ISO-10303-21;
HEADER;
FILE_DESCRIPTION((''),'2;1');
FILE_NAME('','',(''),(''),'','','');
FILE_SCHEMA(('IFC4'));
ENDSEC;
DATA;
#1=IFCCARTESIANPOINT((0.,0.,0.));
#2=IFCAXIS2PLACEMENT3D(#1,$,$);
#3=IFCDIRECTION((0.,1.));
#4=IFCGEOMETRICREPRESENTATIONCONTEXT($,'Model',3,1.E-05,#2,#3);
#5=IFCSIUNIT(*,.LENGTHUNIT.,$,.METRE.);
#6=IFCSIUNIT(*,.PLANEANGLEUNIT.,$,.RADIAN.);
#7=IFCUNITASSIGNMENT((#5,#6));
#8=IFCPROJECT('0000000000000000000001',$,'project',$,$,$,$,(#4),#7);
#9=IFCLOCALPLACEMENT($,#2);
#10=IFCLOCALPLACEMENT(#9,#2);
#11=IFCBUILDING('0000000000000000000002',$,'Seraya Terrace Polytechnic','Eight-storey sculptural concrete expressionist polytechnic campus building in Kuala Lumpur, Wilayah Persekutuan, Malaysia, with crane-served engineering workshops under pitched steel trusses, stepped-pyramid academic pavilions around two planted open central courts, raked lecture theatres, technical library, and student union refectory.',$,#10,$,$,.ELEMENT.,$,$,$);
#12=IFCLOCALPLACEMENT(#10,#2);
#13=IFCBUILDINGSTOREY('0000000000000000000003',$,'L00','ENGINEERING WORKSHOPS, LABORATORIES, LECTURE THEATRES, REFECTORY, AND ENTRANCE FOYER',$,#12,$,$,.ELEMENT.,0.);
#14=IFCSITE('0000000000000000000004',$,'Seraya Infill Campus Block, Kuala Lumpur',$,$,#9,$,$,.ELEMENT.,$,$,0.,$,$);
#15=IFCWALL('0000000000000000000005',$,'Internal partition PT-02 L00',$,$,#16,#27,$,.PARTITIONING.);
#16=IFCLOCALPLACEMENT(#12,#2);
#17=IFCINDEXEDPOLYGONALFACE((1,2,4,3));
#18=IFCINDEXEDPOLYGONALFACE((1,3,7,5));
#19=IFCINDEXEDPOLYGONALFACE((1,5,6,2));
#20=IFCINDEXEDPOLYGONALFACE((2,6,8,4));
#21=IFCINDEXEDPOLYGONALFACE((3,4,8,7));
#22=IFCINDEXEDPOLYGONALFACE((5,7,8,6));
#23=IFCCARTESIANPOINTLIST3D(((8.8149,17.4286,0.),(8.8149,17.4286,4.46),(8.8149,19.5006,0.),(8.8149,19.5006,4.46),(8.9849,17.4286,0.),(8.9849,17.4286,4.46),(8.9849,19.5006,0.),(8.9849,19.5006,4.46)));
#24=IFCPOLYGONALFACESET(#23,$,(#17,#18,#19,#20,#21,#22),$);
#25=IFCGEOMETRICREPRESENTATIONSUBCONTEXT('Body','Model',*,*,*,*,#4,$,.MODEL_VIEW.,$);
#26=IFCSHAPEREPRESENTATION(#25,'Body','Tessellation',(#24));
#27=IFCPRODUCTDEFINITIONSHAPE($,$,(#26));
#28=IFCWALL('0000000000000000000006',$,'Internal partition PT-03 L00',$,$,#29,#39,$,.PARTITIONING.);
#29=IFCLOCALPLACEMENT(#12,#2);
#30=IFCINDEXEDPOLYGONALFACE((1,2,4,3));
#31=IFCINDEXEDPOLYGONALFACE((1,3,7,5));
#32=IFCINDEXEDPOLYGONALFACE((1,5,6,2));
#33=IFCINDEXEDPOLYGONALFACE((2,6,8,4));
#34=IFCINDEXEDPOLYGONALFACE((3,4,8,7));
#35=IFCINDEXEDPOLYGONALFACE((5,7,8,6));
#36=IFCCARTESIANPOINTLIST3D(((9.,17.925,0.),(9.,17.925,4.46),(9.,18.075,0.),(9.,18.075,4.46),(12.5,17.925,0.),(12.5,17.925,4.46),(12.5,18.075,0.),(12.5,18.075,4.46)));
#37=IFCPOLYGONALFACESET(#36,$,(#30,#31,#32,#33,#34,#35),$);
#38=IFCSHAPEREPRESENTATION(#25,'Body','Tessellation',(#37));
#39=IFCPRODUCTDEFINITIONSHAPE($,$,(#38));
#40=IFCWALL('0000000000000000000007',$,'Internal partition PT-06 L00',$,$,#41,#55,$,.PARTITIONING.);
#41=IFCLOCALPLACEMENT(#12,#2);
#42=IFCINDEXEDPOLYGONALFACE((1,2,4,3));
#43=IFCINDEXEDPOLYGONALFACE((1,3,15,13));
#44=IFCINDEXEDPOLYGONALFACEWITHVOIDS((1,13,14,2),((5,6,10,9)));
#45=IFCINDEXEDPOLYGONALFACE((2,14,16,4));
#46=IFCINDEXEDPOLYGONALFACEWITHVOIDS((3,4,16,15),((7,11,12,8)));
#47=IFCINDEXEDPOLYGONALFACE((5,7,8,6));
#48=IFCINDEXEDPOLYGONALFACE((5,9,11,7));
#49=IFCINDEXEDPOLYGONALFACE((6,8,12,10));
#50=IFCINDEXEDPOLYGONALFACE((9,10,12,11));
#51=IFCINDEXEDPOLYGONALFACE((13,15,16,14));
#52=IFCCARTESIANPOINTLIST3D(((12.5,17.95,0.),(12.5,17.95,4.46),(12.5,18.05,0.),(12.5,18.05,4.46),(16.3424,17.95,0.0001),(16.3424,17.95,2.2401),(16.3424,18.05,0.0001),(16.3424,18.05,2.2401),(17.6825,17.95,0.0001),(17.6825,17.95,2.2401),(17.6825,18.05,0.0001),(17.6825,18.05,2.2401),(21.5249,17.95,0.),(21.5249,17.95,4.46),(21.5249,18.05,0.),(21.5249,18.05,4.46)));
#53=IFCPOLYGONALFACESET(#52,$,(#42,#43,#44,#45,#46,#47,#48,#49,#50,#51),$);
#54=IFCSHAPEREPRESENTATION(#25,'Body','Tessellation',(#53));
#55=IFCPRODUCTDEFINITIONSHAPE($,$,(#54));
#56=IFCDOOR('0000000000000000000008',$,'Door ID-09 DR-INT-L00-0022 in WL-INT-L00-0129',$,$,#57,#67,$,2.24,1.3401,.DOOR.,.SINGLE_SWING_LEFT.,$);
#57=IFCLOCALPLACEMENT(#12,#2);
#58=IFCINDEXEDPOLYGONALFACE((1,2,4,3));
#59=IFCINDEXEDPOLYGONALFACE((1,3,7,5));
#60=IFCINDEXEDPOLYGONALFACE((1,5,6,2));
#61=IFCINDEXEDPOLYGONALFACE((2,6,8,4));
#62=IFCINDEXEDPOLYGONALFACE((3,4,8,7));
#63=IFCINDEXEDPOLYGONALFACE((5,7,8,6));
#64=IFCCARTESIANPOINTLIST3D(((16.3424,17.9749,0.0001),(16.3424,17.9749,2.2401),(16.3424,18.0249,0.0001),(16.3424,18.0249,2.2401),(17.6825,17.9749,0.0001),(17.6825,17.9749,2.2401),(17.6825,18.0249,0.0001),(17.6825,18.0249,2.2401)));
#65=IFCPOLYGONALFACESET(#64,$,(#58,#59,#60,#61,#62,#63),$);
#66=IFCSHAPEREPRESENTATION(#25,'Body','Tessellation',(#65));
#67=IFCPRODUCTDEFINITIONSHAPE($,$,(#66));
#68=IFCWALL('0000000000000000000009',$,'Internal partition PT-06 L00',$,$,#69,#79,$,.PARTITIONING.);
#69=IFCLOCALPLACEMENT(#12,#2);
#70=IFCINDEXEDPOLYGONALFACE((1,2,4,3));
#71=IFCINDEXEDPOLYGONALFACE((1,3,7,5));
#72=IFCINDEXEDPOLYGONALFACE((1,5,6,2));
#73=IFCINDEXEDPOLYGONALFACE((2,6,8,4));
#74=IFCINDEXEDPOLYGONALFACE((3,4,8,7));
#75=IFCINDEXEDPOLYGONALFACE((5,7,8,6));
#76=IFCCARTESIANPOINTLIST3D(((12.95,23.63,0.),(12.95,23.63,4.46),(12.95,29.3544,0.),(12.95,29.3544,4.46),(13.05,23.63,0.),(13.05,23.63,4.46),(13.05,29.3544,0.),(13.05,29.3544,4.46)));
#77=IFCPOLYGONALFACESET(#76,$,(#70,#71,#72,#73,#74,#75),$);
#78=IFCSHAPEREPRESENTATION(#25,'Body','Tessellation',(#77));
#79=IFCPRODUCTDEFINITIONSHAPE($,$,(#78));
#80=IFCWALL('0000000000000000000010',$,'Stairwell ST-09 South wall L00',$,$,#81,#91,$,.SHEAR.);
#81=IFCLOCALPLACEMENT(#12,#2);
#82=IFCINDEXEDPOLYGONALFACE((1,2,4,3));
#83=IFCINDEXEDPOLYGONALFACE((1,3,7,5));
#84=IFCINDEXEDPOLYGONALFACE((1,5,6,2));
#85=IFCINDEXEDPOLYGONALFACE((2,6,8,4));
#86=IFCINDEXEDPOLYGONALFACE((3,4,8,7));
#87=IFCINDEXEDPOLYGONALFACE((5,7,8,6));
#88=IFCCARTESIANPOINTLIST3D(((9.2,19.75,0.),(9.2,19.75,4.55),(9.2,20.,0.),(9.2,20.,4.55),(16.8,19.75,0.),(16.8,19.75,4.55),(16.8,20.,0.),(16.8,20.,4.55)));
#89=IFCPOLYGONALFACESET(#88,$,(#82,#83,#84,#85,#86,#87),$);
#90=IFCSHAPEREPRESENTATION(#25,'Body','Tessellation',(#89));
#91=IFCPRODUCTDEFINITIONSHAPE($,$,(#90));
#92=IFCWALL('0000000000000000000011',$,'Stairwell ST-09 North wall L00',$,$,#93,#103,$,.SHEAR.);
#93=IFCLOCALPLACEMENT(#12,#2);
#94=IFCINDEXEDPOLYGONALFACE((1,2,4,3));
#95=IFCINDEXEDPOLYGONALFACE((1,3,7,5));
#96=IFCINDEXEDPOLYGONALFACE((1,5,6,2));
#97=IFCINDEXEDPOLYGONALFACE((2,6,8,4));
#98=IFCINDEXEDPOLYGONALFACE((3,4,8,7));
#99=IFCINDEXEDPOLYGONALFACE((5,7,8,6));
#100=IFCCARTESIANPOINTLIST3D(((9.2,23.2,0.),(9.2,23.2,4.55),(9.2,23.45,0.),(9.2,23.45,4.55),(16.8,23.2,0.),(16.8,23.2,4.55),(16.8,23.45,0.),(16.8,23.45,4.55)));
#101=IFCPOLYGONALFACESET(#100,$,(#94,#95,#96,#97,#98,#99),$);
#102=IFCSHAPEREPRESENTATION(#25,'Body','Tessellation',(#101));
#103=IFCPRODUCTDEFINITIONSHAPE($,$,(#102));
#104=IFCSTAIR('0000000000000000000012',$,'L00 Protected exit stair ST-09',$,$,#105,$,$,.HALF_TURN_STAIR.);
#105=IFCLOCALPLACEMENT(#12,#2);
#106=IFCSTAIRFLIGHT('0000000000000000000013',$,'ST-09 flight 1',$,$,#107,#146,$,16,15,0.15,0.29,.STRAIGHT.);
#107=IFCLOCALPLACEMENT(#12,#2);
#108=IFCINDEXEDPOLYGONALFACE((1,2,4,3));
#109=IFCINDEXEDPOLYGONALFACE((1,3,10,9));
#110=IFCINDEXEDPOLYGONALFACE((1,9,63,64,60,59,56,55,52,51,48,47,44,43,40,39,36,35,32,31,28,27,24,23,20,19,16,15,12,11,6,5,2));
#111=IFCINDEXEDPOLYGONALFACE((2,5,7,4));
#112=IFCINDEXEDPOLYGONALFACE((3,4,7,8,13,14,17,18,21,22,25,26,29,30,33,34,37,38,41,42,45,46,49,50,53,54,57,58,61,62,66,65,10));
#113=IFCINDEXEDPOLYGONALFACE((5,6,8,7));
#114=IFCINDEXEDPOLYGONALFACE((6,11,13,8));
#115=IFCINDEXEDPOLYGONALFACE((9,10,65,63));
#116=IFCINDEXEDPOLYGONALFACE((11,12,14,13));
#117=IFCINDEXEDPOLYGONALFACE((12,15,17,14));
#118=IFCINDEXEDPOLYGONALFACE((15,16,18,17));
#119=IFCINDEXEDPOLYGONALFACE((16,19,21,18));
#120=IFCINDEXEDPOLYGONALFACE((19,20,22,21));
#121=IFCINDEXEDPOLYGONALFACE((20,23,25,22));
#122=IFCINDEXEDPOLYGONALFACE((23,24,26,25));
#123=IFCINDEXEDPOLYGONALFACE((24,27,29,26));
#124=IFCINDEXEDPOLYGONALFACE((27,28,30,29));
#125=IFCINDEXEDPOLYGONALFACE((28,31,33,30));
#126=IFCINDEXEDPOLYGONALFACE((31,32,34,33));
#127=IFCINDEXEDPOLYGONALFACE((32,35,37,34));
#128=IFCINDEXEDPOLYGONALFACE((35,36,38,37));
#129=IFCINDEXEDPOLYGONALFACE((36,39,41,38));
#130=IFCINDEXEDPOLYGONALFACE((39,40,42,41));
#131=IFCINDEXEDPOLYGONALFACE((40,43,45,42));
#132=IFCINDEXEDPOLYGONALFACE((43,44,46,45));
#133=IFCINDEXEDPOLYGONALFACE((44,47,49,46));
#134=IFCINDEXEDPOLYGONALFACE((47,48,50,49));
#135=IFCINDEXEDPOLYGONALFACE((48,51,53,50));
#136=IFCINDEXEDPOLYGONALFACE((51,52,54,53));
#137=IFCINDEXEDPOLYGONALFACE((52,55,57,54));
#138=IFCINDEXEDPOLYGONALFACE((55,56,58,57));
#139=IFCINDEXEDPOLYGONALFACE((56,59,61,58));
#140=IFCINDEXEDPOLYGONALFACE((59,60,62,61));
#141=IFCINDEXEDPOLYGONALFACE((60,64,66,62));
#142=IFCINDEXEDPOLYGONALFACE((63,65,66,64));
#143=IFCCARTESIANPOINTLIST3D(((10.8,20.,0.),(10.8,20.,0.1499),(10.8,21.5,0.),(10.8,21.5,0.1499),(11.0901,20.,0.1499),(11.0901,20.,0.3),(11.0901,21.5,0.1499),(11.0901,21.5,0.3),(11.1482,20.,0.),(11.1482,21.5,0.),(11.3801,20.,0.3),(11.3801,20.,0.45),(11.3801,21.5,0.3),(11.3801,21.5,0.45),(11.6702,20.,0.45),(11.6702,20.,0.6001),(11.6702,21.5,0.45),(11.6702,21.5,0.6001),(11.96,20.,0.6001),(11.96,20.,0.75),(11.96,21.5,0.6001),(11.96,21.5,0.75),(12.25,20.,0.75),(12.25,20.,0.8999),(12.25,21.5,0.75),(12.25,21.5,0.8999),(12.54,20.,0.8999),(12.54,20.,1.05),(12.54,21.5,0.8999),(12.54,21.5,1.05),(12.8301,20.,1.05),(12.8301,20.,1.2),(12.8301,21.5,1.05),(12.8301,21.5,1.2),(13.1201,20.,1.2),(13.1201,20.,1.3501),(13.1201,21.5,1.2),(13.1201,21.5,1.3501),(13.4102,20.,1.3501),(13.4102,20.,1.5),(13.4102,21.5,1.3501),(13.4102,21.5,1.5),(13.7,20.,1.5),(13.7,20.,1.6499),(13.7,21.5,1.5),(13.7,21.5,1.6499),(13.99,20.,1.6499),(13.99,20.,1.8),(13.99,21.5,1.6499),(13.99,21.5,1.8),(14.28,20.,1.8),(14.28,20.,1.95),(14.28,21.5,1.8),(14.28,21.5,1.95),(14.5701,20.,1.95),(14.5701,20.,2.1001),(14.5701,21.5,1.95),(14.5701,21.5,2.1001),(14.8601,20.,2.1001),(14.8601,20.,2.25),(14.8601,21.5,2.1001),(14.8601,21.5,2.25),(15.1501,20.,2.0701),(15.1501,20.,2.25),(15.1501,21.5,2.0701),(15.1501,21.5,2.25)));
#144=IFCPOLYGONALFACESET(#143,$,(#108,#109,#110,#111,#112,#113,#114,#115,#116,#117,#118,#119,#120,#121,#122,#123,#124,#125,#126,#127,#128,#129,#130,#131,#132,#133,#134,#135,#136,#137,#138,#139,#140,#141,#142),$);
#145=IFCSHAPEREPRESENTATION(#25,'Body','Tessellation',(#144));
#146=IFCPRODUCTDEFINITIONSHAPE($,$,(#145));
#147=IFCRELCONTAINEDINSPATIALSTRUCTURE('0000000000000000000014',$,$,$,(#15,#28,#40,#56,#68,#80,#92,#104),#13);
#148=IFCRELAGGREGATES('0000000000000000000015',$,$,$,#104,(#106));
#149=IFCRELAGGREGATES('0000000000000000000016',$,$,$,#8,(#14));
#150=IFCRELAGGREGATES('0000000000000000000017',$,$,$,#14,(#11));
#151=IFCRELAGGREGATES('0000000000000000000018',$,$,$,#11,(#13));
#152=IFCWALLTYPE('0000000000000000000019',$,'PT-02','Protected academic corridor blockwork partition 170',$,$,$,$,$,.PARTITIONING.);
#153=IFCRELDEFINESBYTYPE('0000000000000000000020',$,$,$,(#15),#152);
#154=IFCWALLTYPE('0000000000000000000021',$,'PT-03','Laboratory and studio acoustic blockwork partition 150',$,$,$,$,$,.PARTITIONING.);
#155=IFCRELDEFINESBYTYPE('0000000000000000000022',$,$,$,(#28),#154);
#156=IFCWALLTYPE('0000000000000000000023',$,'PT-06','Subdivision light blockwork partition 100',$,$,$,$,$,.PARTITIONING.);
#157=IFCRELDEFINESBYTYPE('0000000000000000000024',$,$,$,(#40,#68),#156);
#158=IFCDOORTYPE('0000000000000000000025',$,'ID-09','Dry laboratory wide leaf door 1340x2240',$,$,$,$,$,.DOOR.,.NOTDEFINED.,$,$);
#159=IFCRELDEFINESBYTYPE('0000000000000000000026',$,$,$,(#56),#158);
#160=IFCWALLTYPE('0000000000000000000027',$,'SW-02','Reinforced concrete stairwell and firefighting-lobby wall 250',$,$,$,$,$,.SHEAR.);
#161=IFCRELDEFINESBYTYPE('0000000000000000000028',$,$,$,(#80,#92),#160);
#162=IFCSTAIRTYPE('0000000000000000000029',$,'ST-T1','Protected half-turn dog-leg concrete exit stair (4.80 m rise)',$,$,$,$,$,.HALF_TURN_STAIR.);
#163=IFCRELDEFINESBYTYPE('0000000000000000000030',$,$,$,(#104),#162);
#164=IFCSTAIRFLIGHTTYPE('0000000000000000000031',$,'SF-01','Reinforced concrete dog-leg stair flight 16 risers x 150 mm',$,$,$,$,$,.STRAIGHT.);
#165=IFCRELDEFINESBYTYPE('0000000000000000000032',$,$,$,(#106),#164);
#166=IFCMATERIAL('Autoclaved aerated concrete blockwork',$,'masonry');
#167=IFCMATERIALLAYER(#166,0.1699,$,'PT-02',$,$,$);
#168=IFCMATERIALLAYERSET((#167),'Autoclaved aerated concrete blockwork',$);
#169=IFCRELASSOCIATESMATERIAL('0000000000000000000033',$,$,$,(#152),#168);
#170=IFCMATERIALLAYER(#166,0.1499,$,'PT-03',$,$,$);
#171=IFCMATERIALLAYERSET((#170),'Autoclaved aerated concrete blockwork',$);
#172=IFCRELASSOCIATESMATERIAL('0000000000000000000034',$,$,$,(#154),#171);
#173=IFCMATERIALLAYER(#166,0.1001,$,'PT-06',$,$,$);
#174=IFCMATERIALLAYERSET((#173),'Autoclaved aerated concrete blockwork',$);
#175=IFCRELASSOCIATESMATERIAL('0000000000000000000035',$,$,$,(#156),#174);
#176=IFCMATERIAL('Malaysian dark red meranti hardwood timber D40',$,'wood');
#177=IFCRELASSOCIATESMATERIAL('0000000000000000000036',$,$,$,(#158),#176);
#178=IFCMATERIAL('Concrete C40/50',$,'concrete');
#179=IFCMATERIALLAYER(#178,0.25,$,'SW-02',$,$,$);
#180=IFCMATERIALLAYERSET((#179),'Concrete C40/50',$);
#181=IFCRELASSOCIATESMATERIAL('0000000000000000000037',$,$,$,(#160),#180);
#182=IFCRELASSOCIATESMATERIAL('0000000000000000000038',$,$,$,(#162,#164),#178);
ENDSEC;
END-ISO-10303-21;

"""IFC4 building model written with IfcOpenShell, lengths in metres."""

from ifc_helpers import new_model, si_unit, direction, frame, frame_2d, origin, place, context, subcontext, project, spatial, polyline, rectangle, outline, extrude, material, layer, layer_set, type_object, element, fill, aggregate, save


model = new_model("IFC4")

# Units and contexts
model_context = context("Model", 3, precision=1e-05, world=origin(), true_north=direction((0.0, 1.0)))
body_context = subcontext(model_context, "Body", "Model", "MODEL_VIEW")
ifc_project = project(units=[si_unit("LENGTHUNIT", "METRE"), si_unit("PLANEANGLEUNIT", "RADIAN")], contexts=[model_context])

# Site, building, storey
site_placement = place(None, origin())
site = spatial("IfcSite", under=ifc_project, at=site_placement, Name="Seraya Infill Campus Block, Kuala Lumpur", CompositionType="ELEMENT", RefElevation=0.0)
building_placement = place(site_placement, origin())
building = spatial("IfcBuilding", under=site, at=building_placement, Name="Seraya Terrace Polytechnic", Description="Eight-storey sculptural concrete expressionist polytechnic campus building in Kuala Lumpur, Wilayah Persekutuan, Malaysia, with crane-served engineering workshops under pitched steel trusses, stepped-pyramid academic pavilions around two planted open central courts, raked lecture theatres, technical library, and student union refectory.", CompositionType="ELEMENT")
storey_placement = place(building_placement, origin())
storey = spatial("IfcBuildingStorey", under=building, at=storey_placement, Name="L00", Description="ENGINEERING WORKSHOPS, LABORATORIES, LECTURE THEATRES, REFECTORY, AND ENTRANCE FOYER", CompositionType="ELEMENT", Elevation=0.0)

# Shared definitions
ifc_material_1 = material(Name="Concrete C40/50", Category="concrete")

# Walls
ifc_material_2 = material(Name="Autoclaved aerated concrete blockwork", Category="masonry")
ifc_layer_1 = layer(ifc_material_2, 0.1699, Name="PT-02")
ifc_layer_set_1 = layer_set([ifc_layer_1], Name="Autoclaved aerated concrete blockwork")
wall_type_1 = type_object("IfcWallType", Name="PT-02", Description="Protected academic corridor blockwork partition 170", PredefinedType="PARTITIONING", material=ifc_layer_set_1)
wall_1_placement = place(storey_placement, frame((8.8999, 17.4285, 0.0), z_axis=(0.0, 0.0, 1.0), x_axis=(0.0, 1.0, 0.0)))
element("IfcWall", 1, at=wall_1_placement, inside=storey, type_object=wall_type_1, Name="Internal partition PT-02 L00", PredefinedType="PARTITIONING", context=body_context, shape_type="SweptSolid", body=[
    extrude(rectangle(XDim=2.072, YDim=0.1699, at=frame_2d((1.0361, 0.0))), origin(), (0.0, 0.0, 1.0), 4.46),
])
ifc_layer_2 = layer(ifc_material_2, 0.1499, Name="PT-03")
ifc_layer_set_2 = layer_set([ifc_layer_2], Name="Autoclaved aerated concrete blockwork")
wall_type_2 = type_object("IfcWallType", Name="PT-03", Description="Laboratory and studio acoustic blockwork partition 150", PredefinedType="PARTITIONING", material=ifc_layer_set_2)
wall_2_placement = place(storey_placement, frame((9.0, 18.0, 0.0), z_axis=(0.0, 0.0, 1.0), x_axis=(1.0, 0.0, 0.0)))
element("IfcWall", 2, at=wall_2_placement, inside=storey, type_object=wall_type_2, Name="Internal partition PT-03 L00", PredefinedType="PARTITIONING", context=body_context, shape_type="SweptSolid", body=[
    extrude(rectangle(XDim=3.5, YDim=0.1499, at=frame_2d((1.75, 0.0))), origin(), (0.0, 0.0, 1.0), 4.46),
])

# Wall, opening, door
ifc_layer_3 = layer(ifc_material_2, 0.1001, Name="PT-06")
ifc_layer_set_3 = layer_set([ifc_layer_3], Name="Autoclaved aerated concrete blockwork")
wall_type_3 = type_object("IfcWallType", Name="PT-06", Description="Subdivision light blockwork partition 100", PredefinedType="PARTITIONING", material=ifc_layer_set_3)
wall_3_placement = place(storey_placement, frame((12.5, 18.0, 0.0), z_axis=(0.0, 0.0, 1.0), x_axis=(1.0, 0.0, 0.0)))
wall_3 = element("IfcWall", 3, at=wall_3_placement, inside=storey, type_object=wall_type_3, Name="Internal partition PT-06 L00", PredefinedType="PARTITIONING", context=body_context, shape_type="SweptSolid", body=[
    extrude(rectangle(XDim=9.0249, YDim=0.1001, at=frame_2d((4.5125, 0.0))), origin(), (0.0, 0.0, 1.0), 4.46),
])
opening_1_placement = place(wall_3_placement, frame((3.8425, 0.0, 0.0)))
opening_1 = element("IfcOpeningElement", 4, at=opening_1_placement, cuts=wall_3, PredefinedType="OPENING", context=body_context, shape_type="SweptSolid", body=[
    extrude(rectangle(XDim=1.3401, YDim=2.24, at=frame_2d((0.6699, 1.1201))), frame((0.0, 0.062, 0.0), z_axis=(0.0, -1.0, 0.0), x_axis=(1.0, 0.0, 0.0)), (0.0, 0.0, 1.0), 0.124),
])
ifc_material_3 = material(Name="Malaysian dark red meranti hardwood timber D40", Category="wood")
door_type_1 = type_object("IfcDoorType", Name="ID-09", Description="Dry laboratory wide leaf door 1340x2240", OperationType="NOTDEFINED", PredefinedType="DOOR", material=ifc_material_3)
door_1_placement = place(opening_1_placement, origin())
door_1 = element("IfcDoor", 5, at=door_1_placement, inside=storey, type_object=door_type_1, Name="Door ID-09 DR-INT-L00-0022 in WL-INT-L00-0129", OperationType="SINGLE_SWING_LEFT", OverallHeight=2.24, OverallWidth=1.3401, PredefinedType="DOOR", context=body_context, shape_type="SweptSolid", body=[
    extrude(rectangle(XDim=1.3401, YDim=2.24, at=frame_2d((0.6699, 1.1201))), frame((0.0, 0.0249, 0.0), z_axis=(0.0, -1.0, 0.0), x_axis=(1.0, 0.0, 0.0)), (0.0, 0.0, 1.0), 0.05),
])
fill(opening_1, door_1)

# Wall
wall_4_placement = place(storey_placement, frame((13.0, 23.6299, 0.0), z_axis=(0.0, 0.0, 1.0), x_axis=(0.0, 1.0, 0.0)))
element("IfcWall", 6, at=wall_4_placement, inside=storey, type_object=wall_type_3, Name="Internal partition PT-06 L00", PredefinedType="PARTITIONING", context=body_context, shape_type="SweptSolid", body=[
    extrude(rectangle(XDim=5.7244, YDim=0.1001, at=frame_2d((2.8623, 0.0))), origin(), (0.0, 0.0, 1.0), 4.46),
])

# Shared definitions
ifc_layer_4 = layer(ifc_material_1, 0.25, Name="SW-02")
ifc_layer_set_4 = layer_set([ifc_layer_4], Name="Concrete C40/50")
wall_type_4 = type_object("IfcWallType", Name="SW-02", Description="Reinforced concrete stairwell and firefighting-lobby wall 250", PredefinedType="SHEAR", material=ifc_layer_set_4)

# Walls
for number, where, z_axis, x_axis, name in (
    (7, (9.2, 19.875, 0.0), (0.0, 0.0, 1.0), (1.0, 0.0, 0.0), "Stairwell ST-09 South wall L00"),
    (8, (9.2, 23.325, 0.0), (0.0, 0.0, 1.0), (1.0, 0.0, 0.0), "Stairwell ST-09 North wall L00"),
):
    element("IfcWall", number, at=place(storey_placement, frame(where, z_axis=z_axis, x_axis=x_axis)), inside=storey, type_object=wall_type_4, Name=name, PredefinedType="SHEAR", context=body_context, shape_type="SweptSolid", body=[
        extrude(rectangle(XDim=7.6001, YDim=0.25, at=frame_2d((3.8, 0.0))), origin(), (0.0, 0.0, 1.0), 4.55),
    ])

# Stair, stair flight
stair_type = type_object("IfcStairType", Name="ST-T1", Description="Protected half-turn dog-leg concrete exit stair (4.80 m rise)", PredefinedType="HALF_TURN_STAIR", material=ifc_material_1)
stair_placement = place(storey_placement, origin())
stair = element("IfcStair", 9, at=stair_placement, inside=storey, type_object=stair_type, Name="L00 Protected exit stair ST-09", PredefinedType="HALF_TURN_STAIR")
stair_flight_type = type_object("IfcStairFlightType", Name="SF-01", Description="Reinforced concrete dog-leg stair flight 16 risers x 150 mm", PredefinedType="STRAIGHT", material=ifc_material_1)
stair_flight_1_placement = place(storey_placement, frame((10.8, 20.75, 0.0), z_axis=(0.0, 0.0, 1.0), x_axis=(1.0, 0.0, 0.0)))
stair_flight_1 = element("IfcStairFlight", 10, at=stair_flight_1_placement, type_object=stair_flight_type, Name="ST-09 flight 1", NumberOfRisers=16, NumberOfTreads=15, PredefinedType="STRAIGHT", RiserHeight=0.15, TreadLength=0.29, context=body_context, shape_type="SweptSolid", body=[
    extrude(outline(polyline([(0.0, 0.0), (0.0, 0.1499), (0.29, 0.1499), (0.29, 0.3), (0.5801, 0.3), (0.5801, 0.45), (0.8701, 0.45), (0.8701, 0.6001), (1.1599, 0.6001), (1.1599, 0.75), (1.45, 0.75), (1.45, 0.8999), (1.74, 0.8999), (1.74, 1.05), (2.03, 1.05), (2.03, 1.2), (2.3201, 1.2), (2.3201, 1.3501), (2.6101, 1.3501), (2.6101, 1.5), (2.8999, 1.5), (2.8999, 1.6499), (3.1899, 1.6499), (3.1899, 1.8), (3.48, 1.8), (3.48, 1.95), (3.77, 1.95), (3.77, 2.1001), (4.0601, 2.1001), (4.0601, 2.25), (4.3501, 2.25), (4.3501, 2.3999), (4.3501, 2.0701), (0.3481, 0.0), (0.0, 0.0)])), frame((0.0, 0.75, 0.0), z_axis=(0.0, -1.0, 0.0), x_axis=(1.0, 0.0, 0.0)), (0.0, 0.0, 1.0), 1.5),
])
aggregate(stair, [stair_flight_1])

save(model, "model.ifc")
